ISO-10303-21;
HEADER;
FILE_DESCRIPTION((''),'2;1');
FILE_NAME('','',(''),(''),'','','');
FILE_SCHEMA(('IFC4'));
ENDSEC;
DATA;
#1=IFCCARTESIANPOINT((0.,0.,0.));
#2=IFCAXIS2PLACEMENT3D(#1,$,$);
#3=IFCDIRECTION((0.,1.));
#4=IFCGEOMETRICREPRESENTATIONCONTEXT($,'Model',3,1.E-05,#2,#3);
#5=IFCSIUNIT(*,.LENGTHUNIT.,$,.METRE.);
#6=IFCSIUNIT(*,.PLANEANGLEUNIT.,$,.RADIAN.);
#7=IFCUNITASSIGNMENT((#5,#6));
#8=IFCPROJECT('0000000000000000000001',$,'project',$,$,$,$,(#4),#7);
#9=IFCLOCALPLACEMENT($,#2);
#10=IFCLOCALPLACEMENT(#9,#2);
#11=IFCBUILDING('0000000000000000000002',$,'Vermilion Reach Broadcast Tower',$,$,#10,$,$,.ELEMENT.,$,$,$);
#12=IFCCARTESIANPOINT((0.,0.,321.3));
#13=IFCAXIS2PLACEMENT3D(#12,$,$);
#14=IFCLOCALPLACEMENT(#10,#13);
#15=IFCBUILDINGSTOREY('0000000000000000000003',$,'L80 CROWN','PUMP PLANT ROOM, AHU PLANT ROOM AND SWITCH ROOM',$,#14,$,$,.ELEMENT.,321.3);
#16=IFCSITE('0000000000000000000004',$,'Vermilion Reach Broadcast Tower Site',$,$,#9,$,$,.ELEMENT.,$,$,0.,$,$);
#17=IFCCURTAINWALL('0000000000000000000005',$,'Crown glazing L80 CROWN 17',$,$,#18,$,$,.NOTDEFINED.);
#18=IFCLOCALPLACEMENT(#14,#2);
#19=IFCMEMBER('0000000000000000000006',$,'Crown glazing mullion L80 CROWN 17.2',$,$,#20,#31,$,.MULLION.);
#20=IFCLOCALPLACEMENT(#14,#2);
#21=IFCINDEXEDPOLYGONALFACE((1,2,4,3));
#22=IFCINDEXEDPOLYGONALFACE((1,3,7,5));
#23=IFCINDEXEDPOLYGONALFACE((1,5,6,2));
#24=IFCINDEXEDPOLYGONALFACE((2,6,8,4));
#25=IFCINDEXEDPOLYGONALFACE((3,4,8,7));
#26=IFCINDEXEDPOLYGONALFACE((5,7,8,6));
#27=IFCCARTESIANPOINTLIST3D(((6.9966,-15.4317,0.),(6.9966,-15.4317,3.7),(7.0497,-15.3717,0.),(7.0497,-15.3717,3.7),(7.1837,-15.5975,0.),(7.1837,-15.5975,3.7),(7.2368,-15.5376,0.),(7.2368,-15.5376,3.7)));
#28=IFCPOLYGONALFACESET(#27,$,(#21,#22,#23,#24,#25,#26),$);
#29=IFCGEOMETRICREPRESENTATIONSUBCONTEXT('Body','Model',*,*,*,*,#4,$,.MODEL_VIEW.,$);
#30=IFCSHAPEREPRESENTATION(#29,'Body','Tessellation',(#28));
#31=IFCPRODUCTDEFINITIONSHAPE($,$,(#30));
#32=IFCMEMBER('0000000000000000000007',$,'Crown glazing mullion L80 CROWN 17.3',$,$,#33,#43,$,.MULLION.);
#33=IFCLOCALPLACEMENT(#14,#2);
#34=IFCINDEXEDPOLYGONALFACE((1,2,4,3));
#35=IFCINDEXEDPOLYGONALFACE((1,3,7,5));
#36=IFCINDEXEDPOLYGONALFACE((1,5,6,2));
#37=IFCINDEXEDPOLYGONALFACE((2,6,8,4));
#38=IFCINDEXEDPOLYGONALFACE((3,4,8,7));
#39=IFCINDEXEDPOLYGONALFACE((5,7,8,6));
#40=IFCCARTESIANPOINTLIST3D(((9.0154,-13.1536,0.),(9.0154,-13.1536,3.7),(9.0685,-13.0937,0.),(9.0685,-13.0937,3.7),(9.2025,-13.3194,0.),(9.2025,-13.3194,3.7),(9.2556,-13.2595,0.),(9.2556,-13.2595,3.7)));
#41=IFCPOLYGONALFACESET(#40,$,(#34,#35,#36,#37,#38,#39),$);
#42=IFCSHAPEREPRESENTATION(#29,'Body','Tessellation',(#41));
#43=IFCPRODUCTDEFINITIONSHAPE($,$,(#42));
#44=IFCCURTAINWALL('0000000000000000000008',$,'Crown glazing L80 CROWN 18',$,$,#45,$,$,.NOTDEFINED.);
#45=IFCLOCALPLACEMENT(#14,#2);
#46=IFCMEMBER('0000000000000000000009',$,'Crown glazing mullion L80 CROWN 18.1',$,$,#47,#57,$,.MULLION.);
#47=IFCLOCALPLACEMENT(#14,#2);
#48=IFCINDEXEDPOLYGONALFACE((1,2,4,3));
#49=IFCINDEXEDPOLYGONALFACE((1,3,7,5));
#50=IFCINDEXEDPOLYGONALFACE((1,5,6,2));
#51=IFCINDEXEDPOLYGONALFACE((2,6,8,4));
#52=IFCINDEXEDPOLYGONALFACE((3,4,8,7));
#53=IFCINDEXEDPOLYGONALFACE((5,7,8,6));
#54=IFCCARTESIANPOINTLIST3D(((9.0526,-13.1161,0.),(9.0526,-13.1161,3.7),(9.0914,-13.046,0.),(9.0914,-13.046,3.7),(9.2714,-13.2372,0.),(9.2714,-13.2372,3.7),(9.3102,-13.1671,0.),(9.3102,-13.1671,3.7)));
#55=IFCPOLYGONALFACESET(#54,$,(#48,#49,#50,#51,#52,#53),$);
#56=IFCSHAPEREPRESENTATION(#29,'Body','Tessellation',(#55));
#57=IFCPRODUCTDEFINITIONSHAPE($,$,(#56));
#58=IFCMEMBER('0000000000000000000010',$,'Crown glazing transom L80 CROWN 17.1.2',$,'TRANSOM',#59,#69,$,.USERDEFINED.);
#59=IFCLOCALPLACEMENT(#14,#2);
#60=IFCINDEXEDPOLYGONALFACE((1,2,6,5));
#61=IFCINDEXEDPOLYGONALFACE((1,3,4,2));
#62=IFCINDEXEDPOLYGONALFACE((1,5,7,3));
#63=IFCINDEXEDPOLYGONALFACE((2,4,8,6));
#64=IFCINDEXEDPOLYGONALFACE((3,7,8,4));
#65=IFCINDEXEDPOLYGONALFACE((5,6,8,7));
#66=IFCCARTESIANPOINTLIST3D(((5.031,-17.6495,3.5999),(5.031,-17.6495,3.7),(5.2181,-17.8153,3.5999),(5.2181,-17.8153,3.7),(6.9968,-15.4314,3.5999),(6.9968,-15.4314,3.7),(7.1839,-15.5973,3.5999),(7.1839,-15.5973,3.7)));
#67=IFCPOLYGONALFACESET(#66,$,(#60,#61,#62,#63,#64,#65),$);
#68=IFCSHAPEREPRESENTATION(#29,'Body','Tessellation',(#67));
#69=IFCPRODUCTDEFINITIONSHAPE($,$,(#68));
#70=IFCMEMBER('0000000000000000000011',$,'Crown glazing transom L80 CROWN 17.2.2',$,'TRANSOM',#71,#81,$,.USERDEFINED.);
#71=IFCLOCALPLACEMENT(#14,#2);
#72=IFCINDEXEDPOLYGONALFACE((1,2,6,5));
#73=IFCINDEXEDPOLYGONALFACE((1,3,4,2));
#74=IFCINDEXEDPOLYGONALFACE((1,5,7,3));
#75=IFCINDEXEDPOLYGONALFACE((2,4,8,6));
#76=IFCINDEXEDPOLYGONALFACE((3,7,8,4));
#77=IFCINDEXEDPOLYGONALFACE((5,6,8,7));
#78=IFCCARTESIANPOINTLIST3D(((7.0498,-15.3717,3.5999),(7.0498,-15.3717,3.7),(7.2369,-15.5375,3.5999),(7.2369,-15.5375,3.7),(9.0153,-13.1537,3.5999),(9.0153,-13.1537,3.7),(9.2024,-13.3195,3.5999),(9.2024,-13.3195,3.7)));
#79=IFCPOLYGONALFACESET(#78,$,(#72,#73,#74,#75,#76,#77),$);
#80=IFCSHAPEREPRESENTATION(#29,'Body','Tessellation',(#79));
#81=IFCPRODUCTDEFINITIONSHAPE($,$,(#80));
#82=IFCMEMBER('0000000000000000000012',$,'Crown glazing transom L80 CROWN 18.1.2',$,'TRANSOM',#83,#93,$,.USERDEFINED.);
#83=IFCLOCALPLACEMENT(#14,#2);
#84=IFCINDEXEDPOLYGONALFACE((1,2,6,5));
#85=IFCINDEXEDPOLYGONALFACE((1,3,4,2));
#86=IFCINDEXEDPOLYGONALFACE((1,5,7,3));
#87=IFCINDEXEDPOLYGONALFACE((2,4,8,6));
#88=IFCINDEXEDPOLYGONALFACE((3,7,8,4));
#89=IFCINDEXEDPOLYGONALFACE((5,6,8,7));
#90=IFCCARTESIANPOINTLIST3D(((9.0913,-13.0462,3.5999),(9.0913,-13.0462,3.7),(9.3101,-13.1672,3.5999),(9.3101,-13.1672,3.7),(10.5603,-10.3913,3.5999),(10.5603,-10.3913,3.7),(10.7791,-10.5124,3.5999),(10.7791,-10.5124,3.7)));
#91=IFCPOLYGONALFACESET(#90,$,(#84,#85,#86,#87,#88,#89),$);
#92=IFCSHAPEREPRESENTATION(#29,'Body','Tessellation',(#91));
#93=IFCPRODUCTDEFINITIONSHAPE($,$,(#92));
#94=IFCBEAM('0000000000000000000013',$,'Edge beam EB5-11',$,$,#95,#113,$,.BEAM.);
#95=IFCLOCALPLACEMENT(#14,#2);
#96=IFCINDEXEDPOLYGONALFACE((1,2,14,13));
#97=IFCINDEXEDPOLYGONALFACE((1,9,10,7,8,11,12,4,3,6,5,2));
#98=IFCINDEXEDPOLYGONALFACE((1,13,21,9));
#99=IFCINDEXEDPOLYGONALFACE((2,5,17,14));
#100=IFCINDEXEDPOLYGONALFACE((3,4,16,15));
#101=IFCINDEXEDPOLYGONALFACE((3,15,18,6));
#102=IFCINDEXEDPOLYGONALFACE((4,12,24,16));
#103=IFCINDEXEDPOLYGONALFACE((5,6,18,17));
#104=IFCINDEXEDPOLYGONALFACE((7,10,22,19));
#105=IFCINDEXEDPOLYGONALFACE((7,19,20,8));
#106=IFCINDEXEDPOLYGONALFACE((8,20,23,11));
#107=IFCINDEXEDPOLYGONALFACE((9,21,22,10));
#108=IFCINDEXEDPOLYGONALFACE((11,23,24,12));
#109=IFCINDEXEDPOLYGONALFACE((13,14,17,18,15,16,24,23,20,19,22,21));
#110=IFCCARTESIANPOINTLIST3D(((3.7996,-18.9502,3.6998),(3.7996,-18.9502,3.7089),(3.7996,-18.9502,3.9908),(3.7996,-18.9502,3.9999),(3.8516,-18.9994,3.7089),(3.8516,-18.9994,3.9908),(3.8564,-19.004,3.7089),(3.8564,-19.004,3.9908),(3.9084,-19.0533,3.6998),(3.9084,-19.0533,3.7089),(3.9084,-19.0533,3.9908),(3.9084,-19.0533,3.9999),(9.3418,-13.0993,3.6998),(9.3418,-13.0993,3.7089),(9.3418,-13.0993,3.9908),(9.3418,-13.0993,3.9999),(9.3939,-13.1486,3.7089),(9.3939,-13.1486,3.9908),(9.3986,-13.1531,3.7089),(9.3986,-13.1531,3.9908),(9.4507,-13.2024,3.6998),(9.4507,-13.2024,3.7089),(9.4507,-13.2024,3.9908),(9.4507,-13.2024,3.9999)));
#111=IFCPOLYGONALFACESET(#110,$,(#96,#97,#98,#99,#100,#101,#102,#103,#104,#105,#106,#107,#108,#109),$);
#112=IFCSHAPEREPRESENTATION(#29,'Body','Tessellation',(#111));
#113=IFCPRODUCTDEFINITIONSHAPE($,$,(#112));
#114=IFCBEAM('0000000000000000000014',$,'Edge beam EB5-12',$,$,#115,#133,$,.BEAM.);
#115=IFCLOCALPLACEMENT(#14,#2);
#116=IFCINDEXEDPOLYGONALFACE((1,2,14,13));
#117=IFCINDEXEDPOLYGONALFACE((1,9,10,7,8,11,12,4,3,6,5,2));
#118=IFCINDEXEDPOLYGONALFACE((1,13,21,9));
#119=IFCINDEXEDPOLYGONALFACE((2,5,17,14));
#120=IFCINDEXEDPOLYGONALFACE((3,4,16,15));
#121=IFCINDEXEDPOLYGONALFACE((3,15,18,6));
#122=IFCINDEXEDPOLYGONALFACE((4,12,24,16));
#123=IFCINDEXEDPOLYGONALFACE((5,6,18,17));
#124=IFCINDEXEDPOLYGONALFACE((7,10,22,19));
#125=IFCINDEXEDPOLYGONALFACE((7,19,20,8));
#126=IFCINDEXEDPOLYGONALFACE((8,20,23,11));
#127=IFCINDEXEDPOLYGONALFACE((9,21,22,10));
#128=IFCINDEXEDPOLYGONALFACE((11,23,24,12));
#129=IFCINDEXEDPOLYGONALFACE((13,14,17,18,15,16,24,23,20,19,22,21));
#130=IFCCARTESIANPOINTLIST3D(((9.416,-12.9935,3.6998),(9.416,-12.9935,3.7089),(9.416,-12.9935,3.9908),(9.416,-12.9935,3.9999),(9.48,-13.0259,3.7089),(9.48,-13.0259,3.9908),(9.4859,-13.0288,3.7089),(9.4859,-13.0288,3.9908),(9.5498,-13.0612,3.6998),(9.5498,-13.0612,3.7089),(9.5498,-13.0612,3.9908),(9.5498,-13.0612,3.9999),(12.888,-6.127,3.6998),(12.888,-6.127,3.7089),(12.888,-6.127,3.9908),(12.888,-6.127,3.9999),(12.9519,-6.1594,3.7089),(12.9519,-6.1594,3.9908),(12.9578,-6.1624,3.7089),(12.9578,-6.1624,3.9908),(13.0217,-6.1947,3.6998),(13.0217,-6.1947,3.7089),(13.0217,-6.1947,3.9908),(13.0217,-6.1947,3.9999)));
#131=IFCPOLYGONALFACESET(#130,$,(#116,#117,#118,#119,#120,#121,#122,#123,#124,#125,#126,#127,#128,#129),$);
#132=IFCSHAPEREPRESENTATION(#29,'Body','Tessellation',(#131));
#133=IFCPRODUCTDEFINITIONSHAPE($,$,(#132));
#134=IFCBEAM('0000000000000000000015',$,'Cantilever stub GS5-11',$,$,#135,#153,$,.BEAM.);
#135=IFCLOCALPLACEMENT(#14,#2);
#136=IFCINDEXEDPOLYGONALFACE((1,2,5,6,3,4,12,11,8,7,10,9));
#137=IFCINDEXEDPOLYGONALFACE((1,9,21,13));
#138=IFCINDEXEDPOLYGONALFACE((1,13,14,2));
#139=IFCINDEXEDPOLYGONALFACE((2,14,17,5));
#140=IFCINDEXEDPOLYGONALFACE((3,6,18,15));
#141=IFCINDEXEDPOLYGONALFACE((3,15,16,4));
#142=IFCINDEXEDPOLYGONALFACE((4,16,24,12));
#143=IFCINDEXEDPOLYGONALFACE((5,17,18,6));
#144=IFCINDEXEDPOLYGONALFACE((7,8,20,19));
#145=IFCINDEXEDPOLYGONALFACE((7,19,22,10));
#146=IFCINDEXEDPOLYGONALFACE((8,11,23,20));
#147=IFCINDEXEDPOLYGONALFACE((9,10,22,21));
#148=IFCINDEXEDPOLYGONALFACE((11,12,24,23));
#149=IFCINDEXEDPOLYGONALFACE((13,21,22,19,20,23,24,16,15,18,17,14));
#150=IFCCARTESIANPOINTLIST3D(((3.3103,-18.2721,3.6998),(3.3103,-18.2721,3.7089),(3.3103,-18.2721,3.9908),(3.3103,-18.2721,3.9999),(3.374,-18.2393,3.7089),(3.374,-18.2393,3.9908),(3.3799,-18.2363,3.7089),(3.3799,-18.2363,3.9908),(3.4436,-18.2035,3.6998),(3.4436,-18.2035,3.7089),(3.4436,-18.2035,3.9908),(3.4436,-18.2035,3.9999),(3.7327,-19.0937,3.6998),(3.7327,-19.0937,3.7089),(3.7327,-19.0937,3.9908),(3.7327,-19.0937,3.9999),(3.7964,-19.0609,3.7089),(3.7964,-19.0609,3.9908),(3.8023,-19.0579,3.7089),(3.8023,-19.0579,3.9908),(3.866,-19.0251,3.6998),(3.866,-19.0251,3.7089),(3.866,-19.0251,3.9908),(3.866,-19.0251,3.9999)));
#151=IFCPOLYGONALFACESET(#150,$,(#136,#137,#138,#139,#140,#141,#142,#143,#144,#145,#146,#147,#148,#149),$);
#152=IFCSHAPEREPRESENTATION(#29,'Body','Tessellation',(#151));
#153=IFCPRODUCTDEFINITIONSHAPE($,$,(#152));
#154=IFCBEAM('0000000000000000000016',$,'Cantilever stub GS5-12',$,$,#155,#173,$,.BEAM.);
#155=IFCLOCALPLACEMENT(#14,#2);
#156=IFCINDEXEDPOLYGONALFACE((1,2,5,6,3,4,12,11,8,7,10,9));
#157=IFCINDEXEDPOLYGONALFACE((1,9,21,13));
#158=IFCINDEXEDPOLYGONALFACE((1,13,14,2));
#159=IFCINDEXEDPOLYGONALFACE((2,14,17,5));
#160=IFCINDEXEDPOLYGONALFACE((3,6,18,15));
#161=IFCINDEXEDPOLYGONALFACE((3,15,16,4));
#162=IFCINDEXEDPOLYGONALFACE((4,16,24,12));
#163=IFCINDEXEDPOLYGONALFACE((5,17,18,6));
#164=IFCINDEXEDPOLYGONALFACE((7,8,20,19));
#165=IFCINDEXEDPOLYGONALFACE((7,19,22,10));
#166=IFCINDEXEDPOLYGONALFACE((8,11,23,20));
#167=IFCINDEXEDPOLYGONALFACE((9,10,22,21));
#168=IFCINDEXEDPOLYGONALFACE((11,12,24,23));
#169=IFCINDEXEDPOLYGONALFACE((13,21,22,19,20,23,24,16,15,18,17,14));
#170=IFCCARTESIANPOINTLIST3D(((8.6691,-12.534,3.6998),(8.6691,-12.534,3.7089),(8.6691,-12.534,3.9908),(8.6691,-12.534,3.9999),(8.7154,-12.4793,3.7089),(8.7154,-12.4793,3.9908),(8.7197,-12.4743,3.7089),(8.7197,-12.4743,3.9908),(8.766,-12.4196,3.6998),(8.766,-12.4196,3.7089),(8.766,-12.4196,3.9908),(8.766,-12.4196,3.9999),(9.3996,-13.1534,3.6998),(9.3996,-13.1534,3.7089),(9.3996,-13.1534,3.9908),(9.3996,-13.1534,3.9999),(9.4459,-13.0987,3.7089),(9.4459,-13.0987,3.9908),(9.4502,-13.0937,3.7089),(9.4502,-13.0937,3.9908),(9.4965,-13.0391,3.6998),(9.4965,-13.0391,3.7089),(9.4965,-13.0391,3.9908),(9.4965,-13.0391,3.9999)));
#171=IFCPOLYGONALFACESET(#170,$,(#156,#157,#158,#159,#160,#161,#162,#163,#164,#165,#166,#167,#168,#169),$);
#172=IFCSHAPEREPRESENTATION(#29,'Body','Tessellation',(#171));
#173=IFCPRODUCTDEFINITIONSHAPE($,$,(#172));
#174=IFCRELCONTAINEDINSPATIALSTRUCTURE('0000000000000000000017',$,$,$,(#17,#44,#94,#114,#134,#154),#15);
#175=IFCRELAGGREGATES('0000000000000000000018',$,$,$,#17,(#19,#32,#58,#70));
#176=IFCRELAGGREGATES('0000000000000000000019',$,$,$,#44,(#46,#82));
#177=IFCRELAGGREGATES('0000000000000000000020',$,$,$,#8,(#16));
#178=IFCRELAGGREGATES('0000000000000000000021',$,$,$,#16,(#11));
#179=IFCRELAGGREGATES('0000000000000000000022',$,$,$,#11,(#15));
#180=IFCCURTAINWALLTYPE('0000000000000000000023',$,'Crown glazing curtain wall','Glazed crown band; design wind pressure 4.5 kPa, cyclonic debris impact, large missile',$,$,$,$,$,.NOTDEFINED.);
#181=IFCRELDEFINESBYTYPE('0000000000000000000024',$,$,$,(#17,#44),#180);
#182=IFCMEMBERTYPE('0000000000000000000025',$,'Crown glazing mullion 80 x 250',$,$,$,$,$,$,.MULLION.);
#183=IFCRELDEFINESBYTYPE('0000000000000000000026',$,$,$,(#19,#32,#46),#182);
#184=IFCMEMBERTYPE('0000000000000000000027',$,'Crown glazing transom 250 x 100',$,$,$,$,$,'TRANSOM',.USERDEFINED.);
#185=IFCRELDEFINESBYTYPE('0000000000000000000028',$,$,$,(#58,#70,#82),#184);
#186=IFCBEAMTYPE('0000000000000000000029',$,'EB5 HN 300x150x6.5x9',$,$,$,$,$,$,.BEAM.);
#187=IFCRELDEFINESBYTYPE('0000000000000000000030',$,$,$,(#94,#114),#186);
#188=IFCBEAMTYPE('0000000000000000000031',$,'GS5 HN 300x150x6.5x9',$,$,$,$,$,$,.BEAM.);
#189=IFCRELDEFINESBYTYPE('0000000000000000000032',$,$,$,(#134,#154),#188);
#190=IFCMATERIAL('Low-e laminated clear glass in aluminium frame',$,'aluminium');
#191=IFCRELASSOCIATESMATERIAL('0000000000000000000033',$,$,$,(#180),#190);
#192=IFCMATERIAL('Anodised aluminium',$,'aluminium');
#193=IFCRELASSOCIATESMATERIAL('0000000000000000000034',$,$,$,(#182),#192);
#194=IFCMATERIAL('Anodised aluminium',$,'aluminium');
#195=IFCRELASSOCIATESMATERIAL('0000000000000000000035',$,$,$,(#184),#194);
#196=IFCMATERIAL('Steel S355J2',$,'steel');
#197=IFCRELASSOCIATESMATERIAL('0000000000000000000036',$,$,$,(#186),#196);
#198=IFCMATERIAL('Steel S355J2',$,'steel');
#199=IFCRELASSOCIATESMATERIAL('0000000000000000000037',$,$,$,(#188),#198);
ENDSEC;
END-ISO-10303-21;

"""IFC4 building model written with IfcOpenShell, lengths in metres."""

from ifc_helpers import new_model, si_unit, direction, frame, origin, origin_2d, place, context, subcontext, project, spatial, rectangle, i_section, extrude, material, material_profile, profile_set, type_object, element, aggregate, save


model = new_model("IFC4")

# Units and contexts
model_context = context("Model", 3, precision=1e-05, world=origin(), true_north=direction((0.0, 1.0)))
body_context = subcontext(model_context, "Body", "Model", "MODEL_VIEW")
ifc_project = project(units=[si_unit("LENGTHUNIT", "METRE"), si_unit("PLANEANGLEUNIT", "RADIAN")], contexts=[model_context])

# Site, building, storey
site_placement = place(None, origin())
site = spatial("IfcSite", under=ifc_project, at=site_placement, Name="Vermilion Reach Broadcast Tower Site", CompositionType="ELEMENT", RefElevation=0.0)
building_placement = place(site_placement, origin())
building = spatial("IfcBuilding", under=site, at=building_placement, Name="Vermilion Reach Broadcast Tower", CompositionType="ELEMENT")
storey_placement = place(building_placement, frame((0.0, 0.0, 321.3)))
storey = spatial("IfcBuildingStorey", under=building, at=storey_placement, Name="L80 CROWN", Description="PUMP PLANT ROOM, AHU PLANT ROOM AND SWITCH ROOM", CompositionType="ELEMENT", Elevation=321.3)

# Shared definitions
ifc_material_1 = material(Name="Low-e laminated clear glass in aluminium frame", Category="aluminium")
curtain_wall_type = type_object("IfcCurtainWallType", Name="Crown glazing curtain wall", Description="Glazed crown band; design wind pressure 4.5 kPa, cyclonic debris impact, large missile", PredefinedType="NOTDEFINED", material=ifc_material_1)
placement = place(storey_placement, origin())
ifc_material_2 = material(Name="Anodised aluminium", Category="aluminium")
ifc_material_profile_1 = material_profile(ifc_material_2, rectangle(XDim=0.25, YDim=0.0801, at=origin_2d()), Name="Crown glazing mullion 80 x 250")
ifc_profile_set_1 = profile_set([ifc_material_profile_1], Name="Anodised aluminium")
member_type_1 = type_object("IfcMemberType", Name="Crown glazing mullion 80 x 250", PredefinedType="MULLION", material=ifc_profile_set_1)

# Curtain wall, members
curtain_wall_1 = element("IfcCurtainWall", 1, at=placement, inside=storey, type_object=curtain_wall_type, Name="Crown glazing L80 CROWN 17", PredefinedType="NOTDEFINED")
member_1_placement = place(storey_placement, frame((7.1167, -15.4846, 0.0), z_axis=(0.0, 0.0, 1.0), x_axis=(-0.748408, 0.663239, 0.0)))
member_1 = element("IfcMember", 2, at=member_1_placement, type_object=member_type_1, Name="Crown glazing mullion L80 CROWN 17.2", PredefinedType="MULLION", context=body_context, shape_type="SweptSolid", body=[
    extrude(rectangle(XDim=0.25, YDim=0.0801, at=origin_2d()), origin(), (0.0, 0.0, 1.0), 3.7),
])
member_2_placement = place(storey_placement, frame((9.1355, -13.2065, 0.0), z_axis=(0.0, 0.0, 1.0), x_axis=(-0.748408, 0.663239, 0.0)))
member_2 = element("IfcMember", 3, at=member_2_placement, type_object=member_type_1, Name="Crown glazing mullion L80 CROWN 17.3", PredefinedType="MULLION", context=body_context, shape_type="SweptSolid", body=[
    extrude(rectangle(XDim=0.25, YDim=0.0801, at=origin_2d()), origin(), (0.0, 0.0, 1.0), 3.7),
])

# Curtain wall, member
curtain_wall_2 = element("IfcCurtainWall", 4, at=placement, inside=storey, type_object=curtain_wall_type, Name="Crown glazing L80 CROWN 18", PredefinedType="NOTDEFINED")
member_3_placement = place(storey_placement, frame((9.1814, -13.1416, 0.0), z_axis=(0.0, 0.0, 1.0), x_axis=(-0.874983, 0.484153, 0.0)))
member_3 = element("IfcMember", 5, at=member_3_placement, type_object=member_type_1, Name="Crown glazing mullion L80 CROWN 18.1", PredefinedType="MULLION", context=body_context, shape_type="SweptSolid", body=[
    extrude(rectangle(XDim=0.25, YDim=0.0801, at=origin_2d()), origin(), (0.0, 0.0, 1.0), 3.7),
])

# Members
ifc_material_3 = material(Name="Anodised aluminium", Category="aluminium")
ifc_material_profile_2 = material_profile(ifc_material_3, rectangle(XDim=0.25, YDim=0.1001, at=origin_2d()), Name="Crown glazing transom 250 x 100")
ifc_profile_set_2 = profile_set([ifc_material_profile_2], Name="Anodised aluminium")
member_type_2 = type_object("IfcMemberType", Name="Crown glazing transom 250 x 100", ElementType="TRANSOM", PredefinedType="USERDEFINED", material=ifc_profile_set_2)
member_4_placement = place(storey_placement, frame((5.1245, -17.7324, 3.6499), z_axis=(0.663279, 0.748372, 0.0), x_axis=(-0.748372, 0.663279, 0.0)))
member_4 = element("IfcMember", 6, at=member_4_placement, type_object=member_type_2, Name="Crown glazing transom L80 CROWN 17.1.2", ObjectType="TRANSOM", PredefinedType="USERDEFINED", context=body_context, shape_type="SweptSolid", body=[
    extrude(rectangle(XDim=0.25, YDim=0.1001, at=origin_2d()), origin(), (0.0, 0.0, 1.0), 2.9639),
])
member_5_placement = place(storey_placement, frame((7.1433, -15.4546, 3.6499), z_axis=(0.663233, 0.748413, 0.0), x_axis=(-0.748413, 0.663233, 0.0)))
member_5 = element("IfcMember", 7, at=member_5_placement, type_object=member_type_2, Name="Crown glazing transom L80 CROWN 17.2.2", ObjectType="TRANSOM", PredefinedType="USERDEFINED", context=body_context, shape_type="SweptSolid", body=[
    extrude(rectangle(XDim=0.25, YDim=0.1001, at=origin_2d()), origin(), (0.0, 0.0, 1.0), 2.9636),
])
member_6_placement = place(storey_placement, frame((9.2007, -13.1067, 3.6499), z_axis=(0.48416, 0.87498, 0.0), x_axis=(-0.87498, 0.48416, 0.0)))
member_6 = element("IfcMember", 8, at=member_6_placement, type_object=member_type_2, Name="Crown glazing transom L80 CROWN 18.1.2", ObjectType="TRANSOM", PredefinedType="USERDEFINED", context=body_context, shape_type="SweptSolid", body=[
    extrude(rectangle(XDim=0.25, YDim=0.1001, at=origin_2d()), origin(), (0.0, 0.0, 1.0), 3.0342),
])

# Beams
ifc_material_4 = material(Name="Steel S355J2", Category="steel")
ifc_material_profile_3 = material_profile(ifc_material_4, i_section(OverallWidth=0.1499, OverallDepth=0.3, WebThickness=0.0066, FlangeThickness=0.009, at=origin_2d()), Name="S355J2 HN 300x150x6.5x9")
ifc_profile_set_3 = profile_set([ifc_material_profile_3], Name="Steel S355J2")
beam_type_1 = type_object("IfcBeamType", Name="EB5 HN 300x150x6.5x9", PredefinedType="BEAM", material=ifc_profile_set_3)
beam_1_placement = place(storey_placement, frame((3.854, -19.0017, 3.8499), z_axis=(0.687702, 0.725993, 0.0), x_axis=(-0.725993, 0.687702, 0.0)))
element("IfcBeam", 9, at=beam_1_placement, inside=storey, type_object=beam_type_1, Name="Edge beam EB5-11", PredefinedType="BEAM", context=body_context, shape_type="SweptSolid", body=[
    extrude(i_section(OverallWidth=0.1499, OverallDepth=0.3, WebThickness=0.0066, FlangeThickness=0.009, at=origin_2d()), origin(), (0.0, 0.0, 1.0), 8.0591),
])
beam_2_placement = place(storey_placement, frame((9.4829, -13.0273, 3.8499), z_axis=(0.451232, 0.892406, 0.0), x_axis=(-0.892406, 0.451232, 0.0)))
element("IfcBeam", 10, at=beam_2_placement, inside=storey, type_object=beam_type_1, Name="Edge beam EB5-12", PredefinedType="BEAM", context=body_context, shape_type="SweptSolid", body=[
    extrude(i_section(OverallWidth=0.1499, OverallDepth=0.3, WebThickness=0.0066, FlangeThickness=0.009, at=origin_2d()), origin(), (0.0, 0.0, 1.0), 7.6943),
])
ifc_material_5 = material(Name="Steel S355J2", Category="steel")
ifc_material_profile_4 = material_profile(ifc_material_5, i_section(OverallWidth=0.1499, OverallDepth=0.3, WebThickness=0.0066, FlangeThickness=0.009, at=origin_2d()), Name="S355J2 HN 300x150x6.5x9")
ifc_profile_set_4 = profile_set([ifc_material_profile_4], Name="Steel S355J2")
beam_type_2 = type_object("IfcBeamType", Name="GS5 HN 300x150x6.5x9", PredefinedType="BEAM", material=ifc_profile_set_4)
beam_3_placement = place(storey_placement, frame((3.377, -18.2378, 3.8499), z_axis=(0.457229, -0.889349, 0.0), x_axis=(0.889349, 0.457229, 0.0)))
element("IfcBeam", 11, at=beam_3_placement, inside=storey, type_object=beam_type_2, Name="Cantilever stub GS5-11", PredefinedType="BEAM", context=body_context, shape_type="SweptSolid", body=[
    extrude(i_section(OverallWidth=0.1499, OverallDepth=0.3, WebThickness=0.0066, FlangeThickness=0.009, at=origin_2d()), origin(), (0.0, 0.0, 1.0), 0.9238),
])
beam_4_placement = place(storey_placement, frame((8.7175, -12.4768, 3.8499), z_axis=(0.762719, -0.64673, 0.0), x_axis=(0.64673, 0.762719, 0.0)))
element("IfcBeam", 12, at=beam_4_placement, inside=storey, type_object=beam_type_2, Name="Cantilever stub GS5-12", PredefinedType="BEAM", context=body_context, shape_type="SweptSolid", body=[
    extrude(i_section(OverallWidth=0.1499, OverallDepth=0.3, WebThickness=0.0066, FlangeThickness=0.009, at=origin_2d()), origin(), (0.0, 0.0, 1.0), 0.9578),
])

aggregate(curtain_wall_1, [member_1, member_2, member_4, member_5])
aggregate(curtain_wall_2, [member_3, member_6])

save(model, "model.ifc")
